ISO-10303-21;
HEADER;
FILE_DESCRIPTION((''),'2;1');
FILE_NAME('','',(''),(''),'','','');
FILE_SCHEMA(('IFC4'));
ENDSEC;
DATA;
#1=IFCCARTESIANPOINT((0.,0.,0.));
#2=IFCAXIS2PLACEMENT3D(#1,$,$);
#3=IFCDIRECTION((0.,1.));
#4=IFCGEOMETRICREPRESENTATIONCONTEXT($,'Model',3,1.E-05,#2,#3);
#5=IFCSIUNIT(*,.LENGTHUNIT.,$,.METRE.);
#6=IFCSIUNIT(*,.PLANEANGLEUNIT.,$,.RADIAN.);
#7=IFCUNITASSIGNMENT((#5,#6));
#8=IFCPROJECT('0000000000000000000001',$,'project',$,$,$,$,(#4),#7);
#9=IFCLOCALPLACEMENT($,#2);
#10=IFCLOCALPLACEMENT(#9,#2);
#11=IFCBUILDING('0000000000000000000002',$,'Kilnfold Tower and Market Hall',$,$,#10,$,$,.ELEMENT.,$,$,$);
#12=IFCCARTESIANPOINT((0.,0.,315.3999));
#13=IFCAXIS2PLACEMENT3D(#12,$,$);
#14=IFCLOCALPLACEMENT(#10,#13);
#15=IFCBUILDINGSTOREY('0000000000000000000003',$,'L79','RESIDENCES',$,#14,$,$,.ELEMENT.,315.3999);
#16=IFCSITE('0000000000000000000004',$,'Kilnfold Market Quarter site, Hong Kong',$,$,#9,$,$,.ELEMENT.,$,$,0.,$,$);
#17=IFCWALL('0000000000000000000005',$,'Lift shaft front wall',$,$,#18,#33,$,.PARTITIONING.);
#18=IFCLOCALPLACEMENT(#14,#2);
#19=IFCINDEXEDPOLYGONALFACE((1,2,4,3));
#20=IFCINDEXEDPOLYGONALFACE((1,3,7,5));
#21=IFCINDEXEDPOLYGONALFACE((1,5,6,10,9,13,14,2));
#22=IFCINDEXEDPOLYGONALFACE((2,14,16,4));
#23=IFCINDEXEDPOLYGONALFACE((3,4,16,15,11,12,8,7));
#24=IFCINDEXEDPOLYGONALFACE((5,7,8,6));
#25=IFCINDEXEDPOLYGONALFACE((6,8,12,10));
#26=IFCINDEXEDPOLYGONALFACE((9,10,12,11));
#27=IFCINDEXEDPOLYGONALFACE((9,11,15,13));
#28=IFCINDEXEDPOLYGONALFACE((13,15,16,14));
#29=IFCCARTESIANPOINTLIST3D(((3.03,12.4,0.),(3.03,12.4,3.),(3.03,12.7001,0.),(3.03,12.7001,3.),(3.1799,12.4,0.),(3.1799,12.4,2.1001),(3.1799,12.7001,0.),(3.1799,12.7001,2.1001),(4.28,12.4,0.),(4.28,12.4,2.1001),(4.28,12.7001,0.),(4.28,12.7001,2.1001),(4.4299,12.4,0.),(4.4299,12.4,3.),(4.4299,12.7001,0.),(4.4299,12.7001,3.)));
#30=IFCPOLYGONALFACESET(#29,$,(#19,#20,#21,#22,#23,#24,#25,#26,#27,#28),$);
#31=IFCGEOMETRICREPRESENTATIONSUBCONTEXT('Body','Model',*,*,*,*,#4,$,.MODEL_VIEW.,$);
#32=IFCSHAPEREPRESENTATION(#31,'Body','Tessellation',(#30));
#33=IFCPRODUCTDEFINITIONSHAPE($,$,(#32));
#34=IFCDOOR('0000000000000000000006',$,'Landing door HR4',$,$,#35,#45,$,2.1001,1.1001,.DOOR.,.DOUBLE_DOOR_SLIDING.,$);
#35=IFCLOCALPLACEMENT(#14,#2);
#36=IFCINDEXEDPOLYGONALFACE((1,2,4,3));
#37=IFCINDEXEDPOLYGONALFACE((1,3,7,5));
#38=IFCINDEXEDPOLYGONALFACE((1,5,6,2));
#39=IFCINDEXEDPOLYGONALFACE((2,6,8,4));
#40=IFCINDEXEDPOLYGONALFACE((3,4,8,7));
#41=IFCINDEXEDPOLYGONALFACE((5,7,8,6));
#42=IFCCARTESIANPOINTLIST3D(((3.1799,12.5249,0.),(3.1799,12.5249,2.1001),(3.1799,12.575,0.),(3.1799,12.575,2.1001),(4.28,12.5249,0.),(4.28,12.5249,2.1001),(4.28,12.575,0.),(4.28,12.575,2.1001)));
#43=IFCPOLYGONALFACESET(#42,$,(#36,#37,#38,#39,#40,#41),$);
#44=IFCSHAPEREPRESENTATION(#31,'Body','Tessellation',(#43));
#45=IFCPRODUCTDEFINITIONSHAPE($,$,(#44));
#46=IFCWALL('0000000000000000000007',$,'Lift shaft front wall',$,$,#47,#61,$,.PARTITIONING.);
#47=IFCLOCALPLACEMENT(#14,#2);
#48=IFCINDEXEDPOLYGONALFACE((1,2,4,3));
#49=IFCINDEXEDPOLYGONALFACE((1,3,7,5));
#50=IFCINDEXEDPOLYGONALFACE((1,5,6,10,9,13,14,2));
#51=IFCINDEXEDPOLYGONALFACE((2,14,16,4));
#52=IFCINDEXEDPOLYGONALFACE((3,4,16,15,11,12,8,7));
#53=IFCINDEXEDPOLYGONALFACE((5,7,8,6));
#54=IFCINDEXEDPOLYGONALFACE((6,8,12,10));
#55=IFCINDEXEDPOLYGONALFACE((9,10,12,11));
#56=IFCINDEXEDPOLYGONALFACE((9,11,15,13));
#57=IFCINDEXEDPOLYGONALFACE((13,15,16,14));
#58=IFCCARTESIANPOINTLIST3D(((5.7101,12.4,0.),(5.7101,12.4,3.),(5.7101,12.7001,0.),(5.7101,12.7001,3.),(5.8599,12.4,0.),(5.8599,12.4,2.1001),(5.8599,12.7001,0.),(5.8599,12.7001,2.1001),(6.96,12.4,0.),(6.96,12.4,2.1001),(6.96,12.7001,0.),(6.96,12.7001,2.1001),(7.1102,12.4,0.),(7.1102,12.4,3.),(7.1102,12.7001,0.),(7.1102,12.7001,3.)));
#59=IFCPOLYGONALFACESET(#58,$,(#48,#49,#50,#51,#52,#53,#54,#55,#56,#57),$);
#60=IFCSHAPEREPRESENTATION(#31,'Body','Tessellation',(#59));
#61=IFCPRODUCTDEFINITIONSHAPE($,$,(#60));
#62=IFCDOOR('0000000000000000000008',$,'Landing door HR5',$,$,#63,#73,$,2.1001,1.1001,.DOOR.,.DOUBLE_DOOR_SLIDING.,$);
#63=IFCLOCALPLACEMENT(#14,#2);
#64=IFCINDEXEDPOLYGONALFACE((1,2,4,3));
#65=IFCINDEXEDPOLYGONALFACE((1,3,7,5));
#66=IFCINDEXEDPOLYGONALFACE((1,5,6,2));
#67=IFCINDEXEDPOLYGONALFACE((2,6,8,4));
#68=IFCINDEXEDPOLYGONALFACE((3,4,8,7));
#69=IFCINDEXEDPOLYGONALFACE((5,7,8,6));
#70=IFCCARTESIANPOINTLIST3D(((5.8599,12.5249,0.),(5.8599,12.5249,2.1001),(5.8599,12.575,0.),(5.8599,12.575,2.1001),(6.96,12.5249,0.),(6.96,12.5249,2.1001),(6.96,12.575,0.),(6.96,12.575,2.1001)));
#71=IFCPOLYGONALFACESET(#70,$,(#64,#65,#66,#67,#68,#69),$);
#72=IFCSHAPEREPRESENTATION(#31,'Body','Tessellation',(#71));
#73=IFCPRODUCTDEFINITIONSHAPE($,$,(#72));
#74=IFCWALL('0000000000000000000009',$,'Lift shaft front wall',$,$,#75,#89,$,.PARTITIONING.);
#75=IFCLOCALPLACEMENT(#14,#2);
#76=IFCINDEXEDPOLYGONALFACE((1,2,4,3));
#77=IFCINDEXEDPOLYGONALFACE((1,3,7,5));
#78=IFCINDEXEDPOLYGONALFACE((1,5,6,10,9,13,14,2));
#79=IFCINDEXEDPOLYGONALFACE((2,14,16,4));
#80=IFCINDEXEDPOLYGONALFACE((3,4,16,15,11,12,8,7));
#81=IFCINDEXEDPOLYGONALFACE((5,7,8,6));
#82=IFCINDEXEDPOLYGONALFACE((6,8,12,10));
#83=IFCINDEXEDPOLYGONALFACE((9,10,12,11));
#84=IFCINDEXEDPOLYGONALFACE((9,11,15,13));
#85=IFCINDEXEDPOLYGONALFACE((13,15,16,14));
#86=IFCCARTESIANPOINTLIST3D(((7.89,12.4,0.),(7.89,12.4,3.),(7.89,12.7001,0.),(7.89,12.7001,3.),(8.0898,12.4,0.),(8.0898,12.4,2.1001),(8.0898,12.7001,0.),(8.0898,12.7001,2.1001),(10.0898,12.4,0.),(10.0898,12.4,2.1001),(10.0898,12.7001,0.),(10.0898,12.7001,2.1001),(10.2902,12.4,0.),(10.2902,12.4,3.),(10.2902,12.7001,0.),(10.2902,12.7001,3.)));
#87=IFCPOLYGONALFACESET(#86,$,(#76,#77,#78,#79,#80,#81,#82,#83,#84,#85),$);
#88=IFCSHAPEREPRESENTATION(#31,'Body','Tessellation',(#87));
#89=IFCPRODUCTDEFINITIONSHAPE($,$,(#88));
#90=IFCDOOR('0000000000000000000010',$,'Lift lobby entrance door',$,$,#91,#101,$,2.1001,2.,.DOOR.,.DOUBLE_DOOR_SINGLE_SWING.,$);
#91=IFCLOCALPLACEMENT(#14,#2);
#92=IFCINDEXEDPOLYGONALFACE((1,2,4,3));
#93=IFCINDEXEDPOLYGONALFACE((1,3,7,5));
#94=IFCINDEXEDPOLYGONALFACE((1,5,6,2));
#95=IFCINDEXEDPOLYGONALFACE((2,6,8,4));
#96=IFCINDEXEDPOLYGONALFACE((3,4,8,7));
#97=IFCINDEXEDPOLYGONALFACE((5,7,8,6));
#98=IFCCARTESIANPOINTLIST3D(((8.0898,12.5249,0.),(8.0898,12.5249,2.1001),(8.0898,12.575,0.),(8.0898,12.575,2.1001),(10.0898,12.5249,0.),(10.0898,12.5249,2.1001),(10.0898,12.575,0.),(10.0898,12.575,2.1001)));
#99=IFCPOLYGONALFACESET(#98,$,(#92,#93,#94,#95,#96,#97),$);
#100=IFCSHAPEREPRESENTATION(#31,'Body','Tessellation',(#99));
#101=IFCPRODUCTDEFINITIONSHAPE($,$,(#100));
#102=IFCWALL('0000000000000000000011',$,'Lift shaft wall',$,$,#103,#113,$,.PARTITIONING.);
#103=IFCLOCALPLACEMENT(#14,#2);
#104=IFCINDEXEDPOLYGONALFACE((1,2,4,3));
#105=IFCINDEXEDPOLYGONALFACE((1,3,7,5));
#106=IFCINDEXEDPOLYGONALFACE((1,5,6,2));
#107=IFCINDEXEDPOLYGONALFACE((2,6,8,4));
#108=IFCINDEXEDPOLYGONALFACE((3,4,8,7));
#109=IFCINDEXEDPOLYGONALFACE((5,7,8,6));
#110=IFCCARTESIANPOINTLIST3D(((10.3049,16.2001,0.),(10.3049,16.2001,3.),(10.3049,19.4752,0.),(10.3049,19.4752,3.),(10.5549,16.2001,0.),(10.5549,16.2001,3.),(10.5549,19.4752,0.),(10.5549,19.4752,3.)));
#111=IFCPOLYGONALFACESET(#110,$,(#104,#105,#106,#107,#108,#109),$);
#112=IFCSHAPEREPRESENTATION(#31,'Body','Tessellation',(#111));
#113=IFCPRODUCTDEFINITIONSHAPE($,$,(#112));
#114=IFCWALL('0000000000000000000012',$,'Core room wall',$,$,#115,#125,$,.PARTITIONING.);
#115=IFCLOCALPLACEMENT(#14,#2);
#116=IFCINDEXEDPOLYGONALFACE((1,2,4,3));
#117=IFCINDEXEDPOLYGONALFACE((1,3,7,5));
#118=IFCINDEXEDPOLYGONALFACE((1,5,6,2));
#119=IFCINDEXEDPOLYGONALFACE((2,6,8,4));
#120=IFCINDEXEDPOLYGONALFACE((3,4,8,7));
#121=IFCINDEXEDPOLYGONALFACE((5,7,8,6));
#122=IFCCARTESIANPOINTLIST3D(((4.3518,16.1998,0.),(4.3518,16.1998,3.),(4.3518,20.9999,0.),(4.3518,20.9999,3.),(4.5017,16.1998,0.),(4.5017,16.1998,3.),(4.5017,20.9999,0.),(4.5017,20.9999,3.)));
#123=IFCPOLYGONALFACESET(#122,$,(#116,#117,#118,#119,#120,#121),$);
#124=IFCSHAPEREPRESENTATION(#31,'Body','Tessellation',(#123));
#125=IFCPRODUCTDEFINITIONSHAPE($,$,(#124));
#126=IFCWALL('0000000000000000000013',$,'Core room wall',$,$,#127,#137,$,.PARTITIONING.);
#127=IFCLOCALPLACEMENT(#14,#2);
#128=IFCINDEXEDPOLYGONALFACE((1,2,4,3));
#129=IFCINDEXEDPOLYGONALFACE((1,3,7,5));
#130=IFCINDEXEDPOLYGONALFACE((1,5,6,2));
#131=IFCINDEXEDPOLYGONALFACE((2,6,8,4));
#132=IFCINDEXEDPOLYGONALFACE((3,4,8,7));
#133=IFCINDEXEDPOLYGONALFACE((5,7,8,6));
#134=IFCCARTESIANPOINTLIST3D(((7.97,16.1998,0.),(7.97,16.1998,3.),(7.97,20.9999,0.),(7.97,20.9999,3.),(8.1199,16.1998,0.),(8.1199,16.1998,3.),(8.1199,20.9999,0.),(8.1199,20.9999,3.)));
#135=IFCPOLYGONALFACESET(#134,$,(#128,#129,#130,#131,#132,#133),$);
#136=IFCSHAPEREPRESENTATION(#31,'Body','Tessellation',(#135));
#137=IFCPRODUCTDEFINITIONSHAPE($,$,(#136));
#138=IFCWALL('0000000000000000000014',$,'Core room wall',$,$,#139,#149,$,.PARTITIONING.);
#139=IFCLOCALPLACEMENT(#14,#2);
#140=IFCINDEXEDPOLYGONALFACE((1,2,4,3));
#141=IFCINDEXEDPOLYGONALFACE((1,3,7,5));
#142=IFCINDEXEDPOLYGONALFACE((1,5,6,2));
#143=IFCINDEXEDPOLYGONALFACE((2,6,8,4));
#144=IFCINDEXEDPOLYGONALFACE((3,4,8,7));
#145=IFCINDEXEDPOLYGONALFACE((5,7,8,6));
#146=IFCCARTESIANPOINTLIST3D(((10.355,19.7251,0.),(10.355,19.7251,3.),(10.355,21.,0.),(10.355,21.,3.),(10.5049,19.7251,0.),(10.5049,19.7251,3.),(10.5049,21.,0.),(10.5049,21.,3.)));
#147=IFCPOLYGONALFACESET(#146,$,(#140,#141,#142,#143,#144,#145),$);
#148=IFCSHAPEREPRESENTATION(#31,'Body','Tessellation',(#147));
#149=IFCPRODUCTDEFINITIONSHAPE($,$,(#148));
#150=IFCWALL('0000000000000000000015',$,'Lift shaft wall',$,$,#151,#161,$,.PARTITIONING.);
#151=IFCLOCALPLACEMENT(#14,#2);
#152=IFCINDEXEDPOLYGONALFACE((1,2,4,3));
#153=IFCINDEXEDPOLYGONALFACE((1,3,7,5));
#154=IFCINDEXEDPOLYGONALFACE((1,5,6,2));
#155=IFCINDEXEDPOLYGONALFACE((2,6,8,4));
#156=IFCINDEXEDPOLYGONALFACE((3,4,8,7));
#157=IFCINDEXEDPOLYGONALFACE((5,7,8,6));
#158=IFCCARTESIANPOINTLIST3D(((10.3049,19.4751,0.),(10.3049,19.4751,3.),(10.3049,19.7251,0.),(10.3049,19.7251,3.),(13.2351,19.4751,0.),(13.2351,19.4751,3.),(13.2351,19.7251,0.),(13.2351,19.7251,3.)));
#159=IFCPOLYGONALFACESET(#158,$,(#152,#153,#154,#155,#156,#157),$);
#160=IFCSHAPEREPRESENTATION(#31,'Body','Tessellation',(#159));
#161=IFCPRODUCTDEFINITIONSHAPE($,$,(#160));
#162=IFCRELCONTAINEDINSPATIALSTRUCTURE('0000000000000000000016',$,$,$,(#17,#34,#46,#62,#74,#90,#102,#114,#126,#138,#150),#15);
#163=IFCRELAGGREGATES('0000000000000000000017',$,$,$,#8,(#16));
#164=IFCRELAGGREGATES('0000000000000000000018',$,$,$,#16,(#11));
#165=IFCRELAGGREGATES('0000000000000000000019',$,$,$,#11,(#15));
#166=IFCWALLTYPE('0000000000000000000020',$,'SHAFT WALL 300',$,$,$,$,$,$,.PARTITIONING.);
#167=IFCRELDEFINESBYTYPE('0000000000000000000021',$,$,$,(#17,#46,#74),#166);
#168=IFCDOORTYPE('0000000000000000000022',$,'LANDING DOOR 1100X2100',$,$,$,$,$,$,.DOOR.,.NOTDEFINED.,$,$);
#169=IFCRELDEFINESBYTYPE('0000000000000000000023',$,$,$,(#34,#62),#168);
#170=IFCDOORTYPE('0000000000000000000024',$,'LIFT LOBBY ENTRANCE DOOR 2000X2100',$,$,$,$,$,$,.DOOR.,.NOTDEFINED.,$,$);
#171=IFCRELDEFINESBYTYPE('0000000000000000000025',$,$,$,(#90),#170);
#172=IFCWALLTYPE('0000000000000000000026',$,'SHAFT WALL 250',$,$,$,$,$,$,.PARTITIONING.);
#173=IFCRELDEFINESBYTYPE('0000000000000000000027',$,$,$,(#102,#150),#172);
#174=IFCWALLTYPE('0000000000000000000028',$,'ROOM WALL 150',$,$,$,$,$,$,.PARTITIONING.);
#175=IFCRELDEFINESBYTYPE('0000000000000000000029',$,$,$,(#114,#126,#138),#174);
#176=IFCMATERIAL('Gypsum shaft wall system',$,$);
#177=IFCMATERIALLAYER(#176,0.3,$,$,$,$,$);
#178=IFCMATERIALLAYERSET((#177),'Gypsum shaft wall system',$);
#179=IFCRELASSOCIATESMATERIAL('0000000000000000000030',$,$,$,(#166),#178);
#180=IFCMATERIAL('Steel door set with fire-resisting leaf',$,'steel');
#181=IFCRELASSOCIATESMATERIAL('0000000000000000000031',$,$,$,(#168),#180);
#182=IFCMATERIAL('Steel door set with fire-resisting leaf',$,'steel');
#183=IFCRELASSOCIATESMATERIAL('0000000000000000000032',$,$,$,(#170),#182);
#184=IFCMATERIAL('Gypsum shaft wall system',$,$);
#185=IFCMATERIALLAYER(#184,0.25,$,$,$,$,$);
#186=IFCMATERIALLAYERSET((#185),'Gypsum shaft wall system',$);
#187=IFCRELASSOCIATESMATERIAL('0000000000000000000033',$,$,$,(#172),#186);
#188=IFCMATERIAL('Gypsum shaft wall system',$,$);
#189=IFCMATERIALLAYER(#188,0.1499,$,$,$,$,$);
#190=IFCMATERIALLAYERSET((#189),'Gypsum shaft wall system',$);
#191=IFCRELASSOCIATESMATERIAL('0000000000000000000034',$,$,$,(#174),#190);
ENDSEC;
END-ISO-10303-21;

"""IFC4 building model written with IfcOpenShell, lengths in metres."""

from ifc_helpers import new_model, si_unit, direction, frame, frame_2d, origin, place, context, subcontext, project, spatial, rectangle, extrude, source, transform, mapped, material, layer, layer_set, type_object, element, fill, save


model = new_model("IFC4")

# Units and contexts
model_context = context("Model", 3, precision=1e-05, world=origin(), true_north=direction((0.0, 1.0)))
body_context = subcontext(model_context, "Body", "Model", "MODEL_VIEW")
ifc_project = project(units=[si_unit("LENGTHUNIT", "METRE"), si_unit("PLANEANGLEUNIT", "RADIAN")], contexts=[model_context])

# Site, building, storey
site_placement = place(None, origin())
site = spatial("IfcSite", under=ifc_project, at=site_placement, Name="Kilnfold Market Quarter site, Hong Kong", CompositionType="ELEMENT", RefElevation=0.0)
building_placement = place(site_placement, origin())
building = spatial("IfcBuilding", under=site, at=building_placement, Name="Kilnfold Tower and Market Hall", CompositionType="ELEMENT")
storey_placement = place(building_placement, frame((0.0, 0.0, 315.3999)))
storey = spatial("IfcBuildingStorey", under=building, at=storey_placement, Name="L79", Description="RESIDENCES", CompositionType="ELEMENT", Elevation=315.3999)

# Walls, openings, doors
ifc_material_1 = material(Name="Gypsum shaft wall system")
ifc_layer_1 = layer(ifc_material_1, 0.3)
ifc_layer_set_1 = layer_set([ifc_layer_1], Name="Gypsum shaft wall system")
wall_type_1 = type_object("IfcWallType", Name="SHAFT WALL 300", PredefinedType="PARTITIONING", material=ifc_layer_set_1)
shared_shape_1 = source(origin(), body_context, "Body", "SweptSolid", [
    extrude(rectangle(XDim=1.3999, YDim=0.3, at=frame_2d((0.7, 0.0))), origin(), (0.0, 0.0, 1.0), 3.0),
])
wall_1_placement = place(storey_placement, frame((3.03, 12.55, 0.0), z_axis=(0.0, 0.0, 1.0), x_axis=(1.0, 0.0, 0.0)))
wall_1 = element("IfcWall", 1, at=wall_1_placement, inside=storey, type_object=wall_type_1, Name="Lift shaft front wall", PredefinedType="PARTITIONING", context=body_context, shape_type="MappedRepresentation", body=[
    mapped(shared_shape_1, transform((0.0, 0.0, 0.0))),
])
opening_1_placement = place(wall_1_placement, frame((0.1499, 0.0, 0.0)))
opening_1 = element("IfcOpeningElement", 2, at=opening_1_placement, cuts=wall_1, PredefinedType="OPENING", context=body_context, shape_type="SweptSolid", body=[
    extrude(rectangle(XDim=1.1001, YDim=2.1001, at=frame_2d((0.55, 1.05))), frame((0.0, 0.1602, 0.0), z_axis=(0.0, -1.0, 0.0), x_axis=(1.0, 0.0, 0.0)), (0.0, 0.0, 1.0), 0.3201),
])
ifc_material_2 = material(Name="Steel door set with fire-resisting leaf", Category="steel")
door_type_1 = type_object("IfcDoorType", Name="LANDING DOOR 1100X2100", OperationType="NOTDEFINED", PredefinedType="DOOR", material=ifc_material_2)
door_1_placement = place(opening_1_placement, origin())
door_1 = element("IfcDoor", 3, at=door_1_placement, inside=storey, type_object=door_type_1, Name="Landing door HR4", OperationType="DOUBLE_DOOR_SLIDING", OverallHeight=2.1001, OverallWidth=1.1001, PredefinedType="DOOR", context=body_context, shape_type="SweptSolid", body=[
    extrude(rectangle(XDim=1.1001, YDim=2.1001, at=frame_2d((0.55, 1.05))), frame((0.0, 0.0249, 0.0), z_axis=(0.0, -1.0, 0.0), x_axis=(1.0, 0.0, 0.0)), (0.0, 0.0, 1.0), 0.05),
])
fill(opening_1, door_1)
shared_shape_2 = source(origin(), body_context, "Body", "SweptSolid", [
    extrude(rectangle(XDim=1.4001, YDim=0.3, at=frame_2d((0.7002, 0.0))), origin(), (0.0, 0.0, 1.0), 3.0),
])
wall_2_placement = place(storey_placement, frame((5.71, 12.55, 0.0), z_axis=(0.0, 0.0, 1.0), x_axis=(1.0, 0.0, 0.0)))
wall_2 = element("IfcWall", 4, at=wall_2_placement, inside=storey, type_object=wall_type_1, Name="Lift shaft front wall", PredefinedType="PARTITIONING", context=body_context, shape_type="MappedRepresentation", body=[
    mapped(shared_shape_2, transform((0.0, 0.0, 0.0))),
])
opening_2_placement = place(wall_2_placement, frame((0.1499, 0.0, 0.0)))
opening_2 = element("IfcOpeningElement", 5, at=opening_2_placement, cuts=wall_2, PredefinedType="OPENING", context=body_context, shape_type="SweptSolid", body=[
    extrude(rectangle(XDim=1.1001, YDim=2.1001, at=frame_2d((0.55, 1.05))), frame((0.0, 0.1602, 0.0), z_axis=(0.0, -1.0, 0.0), x_axis=(1.0, 0.0, 0.0)), (0.0, 0.0, 1.0), 0.3201),
])
door_2_placement = place(opening_2_placement, origin())
door_2 = element("IfcDoor", 6, at=door_2_placement, inside=storey, type_object=door_type_1, Name="Landing door HR5", OperationType="DOUBLE_DOOR_SLIDING", OverallHeight=2.1001, OverallWidth=1.1001, PredefinedType="DOOR", context=body_context, shape_type="SweptSolid", body=[
    extrude(rectangle(XDim=1.1001, YDim=2.1001, at=frame_2d((0.55, 1.05))), frame((0.0, 0.0249, 0.0), z_axis=(0.0, -1.0, 0.0), x_axis=(1.0, 0.0, 0.0)), (0.0, 0.0, 1.0), 0.05),
])
fill(opening_2, door_2)
shared_shape_3 = source(origin(), body_context, "Body", "SweptSolid", [
    extrude(rectangle(XDim=2.4001, YDim=0.3, at=frame_2d((1.2002, 0.0))), origin(), (0.0, 0.0, 1.0), 3.0),
])
wall_3_placement = place(storey_placement, frame((7.8899, 12.55, 0.0), z_axis=(0.0, 0.0, 1.0), x_axis=(1.0, 0.0, 0.0)))
wall_3 = element("IfcWall", 7, at=wall_3_placement, inside=storey, type_object=wall_type_1, Name="Lift shaft front wall", PredefinedType="PARTITIONING", context=body_context, shape_type="MappedRepresentation", body=[
    mapped(shared_shape_3, transform((0.0, 0.0, 0.0))),
])
opening_3_placement = place(wall_3_placement, frame((0.2, 0.0, 0.0)))
opening_3 = element("IfcOpeningElement", 8, at=opening_3_placement, cuts=wall_3, PredefinedType="OPENING", context=body_context, shape_type="SweptSolid", body=[
    extrude(rectangle(XDim=2.0, YDim=2.1001, at=frame_2d((1.0, 1.05))), frame((0.0, 0.1602, 0.0), z_axis=(0.0, -1.0, 0.0), x_axis=(1.0, 0.0, 0.0)), (0.0, 0.0, 1.0), 0.3201),
])
ifc_material_3 = material(Name="Steel door set with fire-resisting leaf", Category="steel")
door_type_2 = type_object("IfcDoorType", Name="LIFT LOBBY ENTRANCE DOOR 2000X2100", OperationType="NOTDEFINED", PredefinedType="DOOR", material=ifc_material_3)
door_3_placement = place(opening_3_placement, origin())
door_3 = element("IfcDoor", 9, at=door_3_placement, inside=storey, type_object=door_type_2, Name="Lift lobby entrance door", OperationType="DOUBLE_DOOR_SINGLE_SWING", OverallHeight=2.1001, OverallWidth=2.0, PredefinedType="DOOR", context=body_context, shape_type="SweptSolid", body=[
    extrude(rectangle(XDim=2.0, YDim=2.1001, at=frame_2d((1.0, 1.05))), frame((0.0, 0.0249, 0.0), z_axis=(0.0, -1.0, 0.0), x_axis=(1.0, 0.0, 0.0)), (0.0, 0.0, 1.0), 0.05),
])
fill(opening_3, door_3)

# Walls
ifc_material_4 = material(Name="Gypsum shaft wall system")
ifc_layer_2 = layer(ifc_material_4, 0.25)
ifc_layer_set_2 = layer_set([ifc_layer_2], Name="Gypsum shaft wall system")
wall_type_2 = type_object("IfcWallType", Name="SHAFT WALL 250", PredefinedType="PARTITIONING", material=ifc_layer_set_2)
shared_shape_4 = source(origin(), body_context, "Body", "SweptSolid", [
    extrude(rectangle(XDim=3.2751, YDim=0.25, at=frame_2d((1.6377, 0.0))), origin(), (0.0, 0.0, 1.0), 3.0),
])
wall_4_placement = place(storey_placement, frame((10.4299, 16.2, 0.0), z_axis=(0.0, 0.0, 1.0), x_axis=(0.0, 1.0, 0.0)))
element("IfcWall", 10, at=wall_4_placement, inside=storey, type_object=wall_type_2, Name="Lift shaft wall", PredefinedType="PARTITIONING", context=body_context, shape_type="MappedRepresentation", body=[
    mapped(shared_shape_4, transform((0.0, 0.0, 0.0))),
])
ifc_material_5 = material(Name="Gypsum shaft wall system")
ifc_layer_3 = layer(ifc_material_5, 0.1499)
ifc_layer_set_3 = layer_set([ifc_layer_3], Name="Gypsum shaft wall system")
wall_type_3 = type_object("IfcWallType", Name="ROOM WALL 150", PredefinedType="PARTITIONING", material=ifc_layer_set_3)
shared_shape_5 = source(origin(), body_context, "Body", "SweptSolid", [
    extrude(rectangle(XDim=4.8, YDim=0.1499, at=frame_2d((2.3999, 0.0))), origin(), (0.0, 0.0, 1.0), 3.0),
])
for number, where, z_axis, x_axis, name in (
    (11, (4.4268, 16.2, 0.0), (0.0, 0.0, 1.0), (0.0, 1.0, 0.0), "Core room wall"),
    (12, (8.0449, 16.2, 0.0), (0.0, 0.0, 1.0), (0.0, 1.0, 0.0), "Core room wall"),
):
    element("IfcWall", number, at=place(storey_placement, frame(where, z_axis=z_axis, x_axis=x_axis)), inside=storey, type_object=wall_type_3, Name=name, PredefinedType="PARTITIONING", context=body_context, shape_type="MappedRepresentation", body=[
        mapped(shared_shape_5, transform((0.0, 0.0, 0.0))),
    ])
shared_shape_6 = source(origin(), body_context, "Body", "SweptSolid", [
    extrude(rectangle(XDim=1.2749, YDim=0.1499, at=frame_2d((0.6375, 0.0))), origin(), (0.0, 0.0, 1.0), 3.0),
])
wall_5_placement = place(storey_placement, frame((10.4299, 19.7251, 0.0), z_axis=(0.0, 0.0, 1.0), x_axis=(0.0, 1.0, 0.0)))
element("IfcWall", 13, at=wall_5_placement, inside=storey, type_object=wall_type_3, Name="Core room wall", PredefinedType="PARTITIONING", context=body_context, shape_type="MappedRepresentation", body=[
    mapped(shared_shape_6, transform((0.0, 0.0, 0.0))),
])
shared_shape_7 = source(origin(), body_context, "Body", "SweptSolid", [
    extrude(rectangle(XDim=2.9302, YDim=0.25, at=frame_2d((1.4651, 0.0))), origin(), (0.0, 0.0, 1.0), 3.0),
])
wall_6_placement = place(storey_placement, frame((10.3049, 19.6001, 0.0), z_axis=(0.0, 0.0, 1.0), x_axis=(1.0, 0.0, 0.0)))
element("IfcWall", 14, at=wall_6_placement, inside=storey, type_object=wall_type_2, Name="Lift shaft wall", PredefinedType="PARTITIONING", context=body_context, shape_type="MappedRepresentation", body=[
    mapped(shared_shape_7, transform((0.0, 0.0, 0.0))),
])

save(model, "model.ifc")
